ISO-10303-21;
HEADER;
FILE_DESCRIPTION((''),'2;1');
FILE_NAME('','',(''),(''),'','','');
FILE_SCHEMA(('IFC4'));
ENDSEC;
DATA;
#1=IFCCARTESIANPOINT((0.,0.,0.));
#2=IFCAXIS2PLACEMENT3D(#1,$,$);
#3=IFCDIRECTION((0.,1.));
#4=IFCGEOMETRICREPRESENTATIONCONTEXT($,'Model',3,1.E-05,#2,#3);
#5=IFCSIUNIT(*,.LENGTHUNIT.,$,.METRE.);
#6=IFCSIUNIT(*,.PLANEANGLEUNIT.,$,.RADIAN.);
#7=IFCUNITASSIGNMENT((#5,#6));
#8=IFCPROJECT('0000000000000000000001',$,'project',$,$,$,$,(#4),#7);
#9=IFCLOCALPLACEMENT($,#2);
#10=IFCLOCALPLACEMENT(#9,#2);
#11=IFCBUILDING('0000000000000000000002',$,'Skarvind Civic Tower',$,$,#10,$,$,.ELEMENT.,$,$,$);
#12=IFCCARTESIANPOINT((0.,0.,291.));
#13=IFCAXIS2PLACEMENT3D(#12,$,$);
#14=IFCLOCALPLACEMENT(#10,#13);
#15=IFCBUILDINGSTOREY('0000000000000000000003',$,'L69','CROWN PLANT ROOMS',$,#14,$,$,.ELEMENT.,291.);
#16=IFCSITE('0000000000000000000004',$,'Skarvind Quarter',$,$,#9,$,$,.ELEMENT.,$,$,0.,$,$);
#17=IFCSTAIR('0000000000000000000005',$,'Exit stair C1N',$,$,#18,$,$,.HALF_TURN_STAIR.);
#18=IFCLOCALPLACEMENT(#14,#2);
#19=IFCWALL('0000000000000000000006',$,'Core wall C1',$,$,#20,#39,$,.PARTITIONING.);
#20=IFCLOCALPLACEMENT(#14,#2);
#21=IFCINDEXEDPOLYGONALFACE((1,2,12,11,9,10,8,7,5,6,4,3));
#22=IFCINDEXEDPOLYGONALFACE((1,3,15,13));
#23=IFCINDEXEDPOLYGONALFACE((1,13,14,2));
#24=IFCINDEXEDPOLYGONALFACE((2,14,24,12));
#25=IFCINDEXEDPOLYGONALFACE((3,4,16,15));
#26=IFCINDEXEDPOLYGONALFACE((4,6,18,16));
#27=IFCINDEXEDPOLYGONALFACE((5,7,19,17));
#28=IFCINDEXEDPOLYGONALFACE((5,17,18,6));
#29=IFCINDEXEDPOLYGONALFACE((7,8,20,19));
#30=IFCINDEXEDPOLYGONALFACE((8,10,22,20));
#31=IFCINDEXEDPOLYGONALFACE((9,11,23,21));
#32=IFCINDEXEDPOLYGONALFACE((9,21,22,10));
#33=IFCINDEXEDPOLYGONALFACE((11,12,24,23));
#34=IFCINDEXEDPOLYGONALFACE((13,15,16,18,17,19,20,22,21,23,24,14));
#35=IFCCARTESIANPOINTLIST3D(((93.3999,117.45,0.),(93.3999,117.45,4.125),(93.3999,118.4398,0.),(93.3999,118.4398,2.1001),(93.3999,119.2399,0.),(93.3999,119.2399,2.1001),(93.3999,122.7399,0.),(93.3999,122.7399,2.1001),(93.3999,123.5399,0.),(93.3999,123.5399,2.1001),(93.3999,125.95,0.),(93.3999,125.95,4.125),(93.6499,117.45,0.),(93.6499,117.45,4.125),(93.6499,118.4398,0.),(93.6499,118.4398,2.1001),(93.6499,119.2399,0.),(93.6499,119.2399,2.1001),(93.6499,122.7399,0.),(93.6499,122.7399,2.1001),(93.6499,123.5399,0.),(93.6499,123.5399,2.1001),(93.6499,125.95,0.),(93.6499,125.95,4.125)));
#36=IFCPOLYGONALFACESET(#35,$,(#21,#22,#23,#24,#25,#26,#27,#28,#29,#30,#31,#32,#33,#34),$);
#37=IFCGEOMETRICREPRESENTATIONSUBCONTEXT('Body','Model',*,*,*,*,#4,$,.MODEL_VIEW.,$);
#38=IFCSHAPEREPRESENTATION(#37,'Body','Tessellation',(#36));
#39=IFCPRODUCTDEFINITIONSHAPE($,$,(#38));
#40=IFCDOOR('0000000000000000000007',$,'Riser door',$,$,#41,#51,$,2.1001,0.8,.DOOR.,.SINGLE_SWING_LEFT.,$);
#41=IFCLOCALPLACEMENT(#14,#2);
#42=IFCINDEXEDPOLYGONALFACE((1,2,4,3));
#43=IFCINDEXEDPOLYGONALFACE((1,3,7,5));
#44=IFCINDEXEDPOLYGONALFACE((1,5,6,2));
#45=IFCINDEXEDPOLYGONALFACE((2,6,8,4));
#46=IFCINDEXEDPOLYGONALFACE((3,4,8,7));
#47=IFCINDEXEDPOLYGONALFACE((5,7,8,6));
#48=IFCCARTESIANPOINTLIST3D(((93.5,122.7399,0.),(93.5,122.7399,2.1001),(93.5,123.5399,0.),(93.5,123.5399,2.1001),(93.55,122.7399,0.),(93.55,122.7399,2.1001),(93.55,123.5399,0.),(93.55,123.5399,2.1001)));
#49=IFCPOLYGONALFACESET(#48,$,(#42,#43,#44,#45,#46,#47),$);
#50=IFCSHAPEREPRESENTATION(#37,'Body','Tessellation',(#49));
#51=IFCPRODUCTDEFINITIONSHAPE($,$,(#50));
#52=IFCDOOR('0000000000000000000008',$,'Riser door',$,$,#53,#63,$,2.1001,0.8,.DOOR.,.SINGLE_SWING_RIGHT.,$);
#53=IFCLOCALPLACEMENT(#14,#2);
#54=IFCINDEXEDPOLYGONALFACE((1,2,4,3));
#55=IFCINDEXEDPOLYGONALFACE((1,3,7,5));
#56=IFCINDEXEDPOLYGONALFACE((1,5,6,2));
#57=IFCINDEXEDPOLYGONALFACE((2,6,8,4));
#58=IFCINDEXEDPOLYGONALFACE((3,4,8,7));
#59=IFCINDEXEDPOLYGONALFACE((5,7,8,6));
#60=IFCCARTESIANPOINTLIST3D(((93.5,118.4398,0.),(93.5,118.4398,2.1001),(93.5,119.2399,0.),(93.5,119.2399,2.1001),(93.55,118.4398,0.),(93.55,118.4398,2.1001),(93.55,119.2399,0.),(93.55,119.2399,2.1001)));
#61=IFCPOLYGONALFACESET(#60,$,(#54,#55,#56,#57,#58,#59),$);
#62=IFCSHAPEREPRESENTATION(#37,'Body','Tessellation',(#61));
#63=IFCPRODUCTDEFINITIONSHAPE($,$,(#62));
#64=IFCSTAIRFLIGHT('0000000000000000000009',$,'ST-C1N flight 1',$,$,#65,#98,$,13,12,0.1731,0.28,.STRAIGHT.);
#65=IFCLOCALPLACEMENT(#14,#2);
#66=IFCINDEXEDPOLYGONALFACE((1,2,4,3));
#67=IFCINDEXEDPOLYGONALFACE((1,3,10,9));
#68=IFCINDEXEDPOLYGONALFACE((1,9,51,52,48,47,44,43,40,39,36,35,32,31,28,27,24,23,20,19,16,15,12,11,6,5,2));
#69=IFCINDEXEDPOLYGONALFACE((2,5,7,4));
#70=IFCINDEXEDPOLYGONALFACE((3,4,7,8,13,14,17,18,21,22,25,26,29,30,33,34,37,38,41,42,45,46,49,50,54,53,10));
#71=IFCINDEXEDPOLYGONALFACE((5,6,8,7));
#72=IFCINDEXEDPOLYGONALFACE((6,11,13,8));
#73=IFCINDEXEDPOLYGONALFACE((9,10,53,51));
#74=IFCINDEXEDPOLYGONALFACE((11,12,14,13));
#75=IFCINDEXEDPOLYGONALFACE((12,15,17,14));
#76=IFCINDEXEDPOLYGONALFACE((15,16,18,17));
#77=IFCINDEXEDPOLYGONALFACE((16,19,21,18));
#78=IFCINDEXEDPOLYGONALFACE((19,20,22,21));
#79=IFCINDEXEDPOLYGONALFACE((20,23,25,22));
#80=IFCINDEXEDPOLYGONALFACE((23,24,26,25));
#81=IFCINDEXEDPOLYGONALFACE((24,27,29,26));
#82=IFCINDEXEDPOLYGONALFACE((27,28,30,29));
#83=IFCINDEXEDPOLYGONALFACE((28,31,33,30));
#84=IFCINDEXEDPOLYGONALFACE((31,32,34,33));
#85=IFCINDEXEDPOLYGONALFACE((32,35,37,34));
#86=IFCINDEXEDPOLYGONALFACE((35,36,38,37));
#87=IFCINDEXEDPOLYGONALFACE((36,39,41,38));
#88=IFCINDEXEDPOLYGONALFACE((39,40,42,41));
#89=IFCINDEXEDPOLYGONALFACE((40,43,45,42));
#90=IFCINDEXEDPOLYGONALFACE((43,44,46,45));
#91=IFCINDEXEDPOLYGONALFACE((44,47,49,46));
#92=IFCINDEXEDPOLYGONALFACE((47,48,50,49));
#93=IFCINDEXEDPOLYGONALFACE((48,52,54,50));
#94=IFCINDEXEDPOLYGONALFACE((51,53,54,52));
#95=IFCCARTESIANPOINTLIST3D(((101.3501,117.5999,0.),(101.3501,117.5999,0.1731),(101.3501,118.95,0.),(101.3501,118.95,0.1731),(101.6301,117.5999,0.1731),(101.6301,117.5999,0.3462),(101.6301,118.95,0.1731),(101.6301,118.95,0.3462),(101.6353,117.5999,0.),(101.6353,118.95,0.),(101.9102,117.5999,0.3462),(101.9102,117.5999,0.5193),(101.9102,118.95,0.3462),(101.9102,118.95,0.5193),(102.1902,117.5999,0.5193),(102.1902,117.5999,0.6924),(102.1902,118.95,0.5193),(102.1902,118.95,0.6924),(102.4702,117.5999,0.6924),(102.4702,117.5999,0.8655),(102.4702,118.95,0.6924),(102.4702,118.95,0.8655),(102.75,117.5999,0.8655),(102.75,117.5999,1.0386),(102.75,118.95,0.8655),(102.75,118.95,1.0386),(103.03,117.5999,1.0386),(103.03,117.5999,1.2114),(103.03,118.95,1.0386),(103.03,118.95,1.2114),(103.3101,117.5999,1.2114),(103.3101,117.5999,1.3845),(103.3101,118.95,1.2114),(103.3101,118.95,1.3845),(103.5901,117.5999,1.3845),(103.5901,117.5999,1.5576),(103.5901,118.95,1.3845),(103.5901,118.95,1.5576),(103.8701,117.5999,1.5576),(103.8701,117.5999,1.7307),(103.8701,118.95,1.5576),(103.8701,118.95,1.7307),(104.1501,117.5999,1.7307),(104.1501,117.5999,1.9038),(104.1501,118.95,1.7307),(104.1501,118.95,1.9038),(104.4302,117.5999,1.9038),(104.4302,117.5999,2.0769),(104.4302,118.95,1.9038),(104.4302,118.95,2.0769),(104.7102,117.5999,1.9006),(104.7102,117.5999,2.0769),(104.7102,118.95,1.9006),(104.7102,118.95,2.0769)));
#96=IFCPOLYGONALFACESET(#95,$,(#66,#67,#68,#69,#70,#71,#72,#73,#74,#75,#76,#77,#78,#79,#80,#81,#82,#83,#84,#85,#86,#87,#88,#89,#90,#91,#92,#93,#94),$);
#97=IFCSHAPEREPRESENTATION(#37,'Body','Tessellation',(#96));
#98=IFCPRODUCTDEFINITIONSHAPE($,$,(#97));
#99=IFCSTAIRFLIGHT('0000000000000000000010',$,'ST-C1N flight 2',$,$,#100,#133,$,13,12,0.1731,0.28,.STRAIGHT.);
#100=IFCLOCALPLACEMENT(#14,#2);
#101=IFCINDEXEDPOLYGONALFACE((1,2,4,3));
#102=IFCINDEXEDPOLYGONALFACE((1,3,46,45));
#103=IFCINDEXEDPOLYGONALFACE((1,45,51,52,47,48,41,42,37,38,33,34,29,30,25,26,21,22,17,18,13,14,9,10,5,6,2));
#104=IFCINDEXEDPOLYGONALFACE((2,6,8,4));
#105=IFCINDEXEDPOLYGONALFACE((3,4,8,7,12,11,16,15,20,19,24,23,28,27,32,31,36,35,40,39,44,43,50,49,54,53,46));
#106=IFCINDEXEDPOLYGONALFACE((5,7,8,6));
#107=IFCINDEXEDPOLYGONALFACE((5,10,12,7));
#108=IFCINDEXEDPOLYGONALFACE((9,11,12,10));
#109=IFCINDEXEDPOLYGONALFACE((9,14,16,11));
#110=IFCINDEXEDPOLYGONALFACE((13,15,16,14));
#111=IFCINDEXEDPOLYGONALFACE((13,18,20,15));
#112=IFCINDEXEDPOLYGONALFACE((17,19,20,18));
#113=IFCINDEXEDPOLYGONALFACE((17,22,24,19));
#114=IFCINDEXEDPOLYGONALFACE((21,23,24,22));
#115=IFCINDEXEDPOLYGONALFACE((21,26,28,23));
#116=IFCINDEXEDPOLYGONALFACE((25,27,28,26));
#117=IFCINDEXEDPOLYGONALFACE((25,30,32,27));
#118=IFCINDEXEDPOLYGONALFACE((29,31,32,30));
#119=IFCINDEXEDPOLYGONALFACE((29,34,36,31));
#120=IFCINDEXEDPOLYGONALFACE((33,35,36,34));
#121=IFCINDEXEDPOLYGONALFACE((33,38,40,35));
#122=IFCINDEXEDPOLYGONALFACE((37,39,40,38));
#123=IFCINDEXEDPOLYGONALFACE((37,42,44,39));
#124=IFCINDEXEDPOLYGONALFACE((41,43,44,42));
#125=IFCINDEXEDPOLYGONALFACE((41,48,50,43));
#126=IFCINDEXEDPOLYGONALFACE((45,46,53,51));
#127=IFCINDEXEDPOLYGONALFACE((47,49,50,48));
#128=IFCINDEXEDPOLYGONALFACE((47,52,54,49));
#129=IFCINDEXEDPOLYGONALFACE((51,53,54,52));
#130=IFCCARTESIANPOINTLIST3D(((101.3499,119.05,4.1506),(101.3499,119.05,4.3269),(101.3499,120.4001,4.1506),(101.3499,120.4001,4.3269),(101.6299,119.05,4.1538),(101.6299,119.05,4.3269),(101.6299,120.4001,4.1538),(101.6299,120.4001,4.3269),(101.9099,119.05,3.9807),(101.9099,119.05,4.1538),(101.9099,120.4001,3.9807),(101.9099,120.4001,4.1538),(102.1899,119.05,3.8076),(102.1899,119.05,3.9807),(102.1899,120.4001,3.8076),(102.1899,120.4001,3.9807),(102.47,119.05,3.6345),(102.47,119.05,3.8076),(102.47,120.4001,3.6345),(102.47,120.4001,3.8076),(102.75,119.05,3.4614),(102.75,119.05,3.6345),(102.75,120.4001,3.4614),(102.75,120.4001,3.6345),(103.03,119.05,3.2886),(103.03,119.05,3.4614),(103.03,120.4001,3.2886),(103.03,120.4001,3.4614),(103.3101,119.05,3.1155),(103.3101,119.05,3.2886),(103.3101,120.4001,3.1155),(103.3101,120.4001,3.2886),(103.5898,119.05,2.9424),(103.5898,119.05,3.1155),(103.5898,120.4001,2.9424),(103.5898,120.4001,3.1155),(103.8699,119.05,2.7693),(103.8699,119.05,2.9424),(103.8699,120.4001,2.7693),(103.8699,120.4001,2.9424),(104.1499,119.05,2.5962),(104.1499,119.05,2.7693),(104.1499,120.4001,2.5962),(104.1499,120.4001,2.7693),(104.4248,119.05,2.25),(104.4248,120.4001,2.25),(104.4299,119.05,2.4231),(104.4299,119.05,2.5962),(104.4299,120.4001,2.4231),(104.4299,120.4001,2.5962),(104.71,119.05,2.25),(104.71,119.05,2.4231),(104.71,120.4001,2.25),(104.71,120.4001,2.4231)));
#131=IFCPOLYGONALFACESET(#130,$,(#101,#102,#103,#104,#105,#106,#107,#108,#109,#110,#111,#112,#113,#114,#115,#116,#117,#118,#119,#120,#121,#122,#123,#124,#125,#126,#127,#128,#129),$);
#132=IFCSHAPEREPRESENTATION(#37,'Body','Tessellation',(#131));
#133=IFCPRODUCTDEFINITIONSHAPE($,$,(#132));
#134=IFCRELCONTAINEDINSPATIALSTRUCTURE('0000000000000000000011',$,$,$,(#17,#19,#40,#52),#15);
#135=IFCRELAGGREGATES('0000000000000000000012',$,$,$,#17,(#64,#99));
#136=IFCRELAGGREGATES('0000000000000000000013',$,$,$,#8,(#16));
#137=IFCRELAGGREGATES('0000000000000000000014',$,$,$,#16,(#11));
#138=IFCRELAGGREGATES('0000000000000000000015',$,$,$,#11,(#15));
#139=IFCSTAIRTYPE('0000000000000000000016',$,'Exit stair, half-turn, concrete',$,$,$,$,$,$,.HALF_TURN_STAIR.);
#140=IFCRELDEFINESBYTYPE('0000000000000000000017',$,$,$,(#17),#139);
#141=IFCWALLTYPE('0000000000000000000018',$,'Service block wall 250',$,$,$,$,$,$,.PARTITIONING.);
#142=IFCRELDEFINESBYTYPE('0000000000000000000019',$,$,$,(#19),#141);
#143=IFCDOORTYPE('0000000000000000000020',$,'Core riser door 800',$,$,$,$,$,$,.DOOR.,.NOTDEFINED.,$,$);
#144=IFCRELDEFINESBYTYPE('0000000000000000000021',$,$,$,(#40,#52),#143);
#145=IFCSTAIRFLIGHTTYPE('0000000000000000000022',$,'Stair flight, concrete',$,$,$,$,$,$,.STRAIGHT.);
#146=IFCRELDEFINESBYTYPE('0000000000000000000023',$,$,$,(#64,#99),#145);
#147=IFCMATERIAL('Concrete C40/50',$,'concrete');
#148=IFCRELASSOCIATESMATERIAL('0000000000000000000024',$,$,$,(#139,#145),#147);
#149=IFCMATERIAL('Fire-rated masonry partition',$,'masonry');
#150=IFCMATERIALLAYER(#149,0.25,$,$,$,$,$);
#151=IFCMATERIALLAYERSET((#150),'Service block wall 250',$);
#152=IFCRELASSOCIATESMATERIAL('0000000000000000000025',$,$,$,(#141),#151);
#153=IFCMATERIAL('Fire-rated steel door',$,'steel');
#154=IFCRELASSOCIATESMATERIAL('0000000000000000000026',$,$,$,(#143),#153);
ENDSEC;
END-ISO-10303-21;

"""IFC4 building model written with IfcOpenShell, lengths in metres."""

from ifc_helpers import new_model, si_unit, direction, frame, frame_2d, origin, place, context, subcontext, project, spatial, polyline, rectangle, outline, extrude, material, layer, layer_set, type_object, element, fill, aggregate, save


model = new_model("IFC4")

# Units and contexts
model_context = context("Model", 3, precision=1e-05, world=origin(), true_north=direction((0.0, 1.0)))
body_context = subcontext(model_context, "Body", "Model", "MODEL_VIEW")
ifc_project = project(units=[si_unit("LENGTHUNIT", "METRE"), si_unit("PLANEANGLEUNIT", "RADIAN")], contexts=[model_context])

# Site, building, storey
site_placement = place(None, origin())
site = spatial("IfcSite", under=ifc_project, at=site_placement, Name="Skarvind Quarter", CompositionType="ELEMENT", RefElevation=0.0)
building_placement = place(site_placement, origin())
building = spatial("IfcBuilding", under=site, at=building_placement, Name="Skarvind Civic Tower", CompositionType="ELEMENT")
storey_placement = place(building_placement, frame((0.0, 0.0, 291.0)))
storey = spatial("IfcBuildingStorey", under=building, at=storey_placement, Name="L69", Description="CROWN PLANT ROOMS", CompositionType="ELEMENT", Elevation=291.0)

# Shared definitions
ifc_material_1 = material(Name="Concrete C40/50", Category="concrete")

# Stair
stair_type_1 = type_object("IfcStairType", Name="Exit stair, half-turn, concrete", PredefinedType="HALF_TURN_STAIR", material=ifc_material_1)
stair_1_placement = place(storey_placement, origin())
stair_1 = element("IfcStair", 1, at=stair_1_placement, inside=storey, type_object=stair_type_1, Name="Exit stair C1N", PredefinedType="HALF_TURN_STAIR")

# Shared definitions
ifc_material_2 = material(Name="Fire-rated masonry partition", Category="masonry")
ifc_material_3 = material(Name="Fire-rated steel door", Category="steel")

# Wall, openings, doors
ifc_layer_1 = layer(ifc_material_2, 0.25)
ifc_layer_set_1 = layer_set([ifc_layer_1], Name="Service block wall 250")
wall_type_1 = type_object("IfcWallType", Name="Service block wall 250", PredefinedType="PARTITIONING", material=ifc_layer_set_1)
wall_1_placement = place(storey_placement, frame((93.5249, 117.45, 0.0), z_axis=(0.0, 0.0, 1.0), x_axis=(0.0, 1.0, 0.0)))
wall_1 = element("IfcWall", 2, at=wall_1_placement, inside=storey, type_object=wall_type_1, Name="Core wall C1", PredefinedType="PARTITIONING", context=body_context, shape_type="SweptSolid", body=[
    extrude(rectangle(XDim=8.5, YDim=0.25, at=frame_2d((4.25, 0.0))), origin(), (0.0, 0.0, 1.0), 4.125),
])
opening_1_placement = place(wall_1_placement, frame((5.29, 0.0, 0.0)))
opening_1 = element("IfcOpeningElement", 3, at=opening_1_placement, cuts=wall_1, PredefinedType="OPENING", context=body_context, shape_type="SweptSolid", body=[
    extrude(rectangle(XDim=0.8, YDim=2.1001, at=frame_2d((0.3999, 1.05))), frame((0.0, 0.135, 0.0), z_axis=(0.0, -1.0, 0.0), x_axis=(1.0, 0.0, 0.0)), (0.0, 0.0, 1.0), 0.27),
])
opening_2_placement = place(wall_1_placement, frame((0.99, 0.0, 0.0)))
opening_2 = element("IfcOpeningElement", 4, at=opening_2_placement, cuts=wall_1, PredefinedType="OPENING", context=body_context, shape_type="SweptSolid", body=[
    extrude(rectangle(XDim=0.8, YDim=2.1001, at=frame_2d((0.3999, 1.05))), frame((0.0, 0.135, 0.0), z_axis=(0.0, -1.0, 0.0), x_axis=(1.0, 0.0, 0.0)), (0.0, 0.0, 1.0), 0.27),
])
door_type_1 = type_object("IfcDoorType", Name="Core riser door 800", OperationType="NOTDEFINED", PredefinedType="DOOR", material=ifc_material_3)
door_1_placement = place(opening_1_placement, origin())
door_1 = element("IfcDoor", 5, at=door_1_placement, inside=storey, type_object=door_type_1, Name="Riser door", OperationType="SINGLE_SWING_LEFT", OverallHeight=2.1001, OverallWidth=0.8, PredefinedType="DOOR", context=body_context, shape_type="SweptSolid", body=[
    extrude(rectangle(XDim=0.8, YDim=2.1001, at=frame_2d((0.3999, 1.05))), frame((0.0, 0.0249, 0.0), z_axis=(0.0, -1.0, 0.0), x_axis=(1.0, 0.0, 0.0)), (0.0, 0.0, 1.0), 0.05),
])
fill(opening_1, door_1)
door_2_placement = place(opening_2_placement, origin())
door_2 = element("IfcDoor", 6, at=door_2_placement, inside=storey, type_object=door_type_1, Name="Riser door", OperationType="SINGLE_SWING_RIGHT", OverallHeight=2.1001, OverallWidth=0.8, PredefinedType="DOOR", context=body_context, shape_type="SweptSolid", body=[
    extrude(rectangle(XDim=0.8, YDim=2.1001, at=frame_2d((0.3999, 1.05))), frame((0.0, 0.0249, 0.0), z_axis=(0.0, -1.0, 0.0), x_axis=(1.0, 0.0, 0.0)), (0.0, 0.0, 1.0), 0.05),
])
fill(opening_2, door_2)

# Stair flights
stair_flight_type = type_object("IfcStairFlightType", Name="Stair flight, concrete", PredefinedType="STRAIGHT", material=ifc_material_1)
stair_flight_1_placement = place(storey_placement, frame((101.3501, 118.2749, 0.0), z_axis=(0.0, 0.0, 1.0), x_axis=(1.0, 0.0, 0.0)))
stair_flight_1 = element("IfcStairFlight", 7, at=stair_flight_1_placement, type_object=stair_flight_type, Name="ST-C1N flight 1", NumberOfRisers=13, NumberOfTreads=12, PredefinedType="STRAIGHT", RiserHeight=0.1731, TreadLength=0.28, context=body_context, shape_type="SweptSolid", body=[
    extrude(outline(polyline([(0.0, 0.0), (0.0, 0.1731), (0.28, 0.1731), (0.28, 0.3462), (0.5601, 0.3462), (0.5601, 0.5193), (0.8401, 0.5193), (0.8401, 0.6924), (1.1201, 0.6924), (1.1201, 0.8655), (1.3999, 0.8655), (1.3999, 1.0386), (1.6799, 1.0386), (1.6799, 1.2114), (1.96, 1.2114), (1.96, 1.3845), (2.24, 1.3845), (2.24, 1.5576), (2.52, 1.5576), (2.52, 1.7307), (2.8, 1.7307), (2.8, 1.9038), (3.0801, 1.9038), (3.0801, 2.0769), (3.3601, 2.0769), (3.3601, 2.25), (3.3601, 1.9006), (0.2852, 0.0), (0.0, 0.0)])), frame((0.0, 0.675, 0.0), z_axis=(0.0, -1.0, 0.0), x_axis=(1.0, 0.0, 0.0)), (0.0, 0.0, 1.0), 1.3501),
])
stair_flight_2_placement = place(storey_placement, frame((104.71, 119.7251, 2.25), z_axis=(0.0, 0.0, 1.0), x_axis=(-1.0, 0.0, 0.0)))
stair_flight_2 = element("IfcStairFlight", 8, at=stair_flight_2_placement, type_object=stair_flight_type, Name="ST-C1N flight 2", NumberOfRisers=13, NumberOfTreads=12, PredefinedType="STRAIGHT", RiserHeight=0.1731, TreadLength=0.28, context=body_context, shape_type="SweptSolid", body=[
    extrude(outline(polyline([(0.0, 0.0), (0.0, 0.1731), (0.28, 0.1731), (0.28, 0.3462), (0.5601, 0.3462), (0.5601, 0.5193), (0.8401, 0.5193), (0.8401, 0.6924), (1.1201, 0.6924), (1.1201, 0.8655), (1.3999, 0.8655), (1.3999, 1.0386), (1.6799, 1.0386), (1.6799, 1.2114), (1.96, 1.2114), (1.96, 1.3845), (2.24, 1.3845), (2.24, 1.5576), (2.52, 1.5576), (2.52, 1.7307), (2.8, 1.7307), (2.8, 1.9038), (3.0801, 1.9038), (3.0801, 2.0769), (3.3601, 2.0769), (3.3601, 2.25), (3.3601, 1.9006), (0.2852, 0.0), (0.0, 0.0)])), frame((0.0, 0.675, 0.0), z_axis=(0.0, -1.0, 0.0), x_axis=(1.0, 0.0, 0.0)), (0.0, 0.0, 1.0), 1.3501),
])
aggregate(stair_1, [stair_flight_1, stair_flight_2])

save(model, "model.ifc")
